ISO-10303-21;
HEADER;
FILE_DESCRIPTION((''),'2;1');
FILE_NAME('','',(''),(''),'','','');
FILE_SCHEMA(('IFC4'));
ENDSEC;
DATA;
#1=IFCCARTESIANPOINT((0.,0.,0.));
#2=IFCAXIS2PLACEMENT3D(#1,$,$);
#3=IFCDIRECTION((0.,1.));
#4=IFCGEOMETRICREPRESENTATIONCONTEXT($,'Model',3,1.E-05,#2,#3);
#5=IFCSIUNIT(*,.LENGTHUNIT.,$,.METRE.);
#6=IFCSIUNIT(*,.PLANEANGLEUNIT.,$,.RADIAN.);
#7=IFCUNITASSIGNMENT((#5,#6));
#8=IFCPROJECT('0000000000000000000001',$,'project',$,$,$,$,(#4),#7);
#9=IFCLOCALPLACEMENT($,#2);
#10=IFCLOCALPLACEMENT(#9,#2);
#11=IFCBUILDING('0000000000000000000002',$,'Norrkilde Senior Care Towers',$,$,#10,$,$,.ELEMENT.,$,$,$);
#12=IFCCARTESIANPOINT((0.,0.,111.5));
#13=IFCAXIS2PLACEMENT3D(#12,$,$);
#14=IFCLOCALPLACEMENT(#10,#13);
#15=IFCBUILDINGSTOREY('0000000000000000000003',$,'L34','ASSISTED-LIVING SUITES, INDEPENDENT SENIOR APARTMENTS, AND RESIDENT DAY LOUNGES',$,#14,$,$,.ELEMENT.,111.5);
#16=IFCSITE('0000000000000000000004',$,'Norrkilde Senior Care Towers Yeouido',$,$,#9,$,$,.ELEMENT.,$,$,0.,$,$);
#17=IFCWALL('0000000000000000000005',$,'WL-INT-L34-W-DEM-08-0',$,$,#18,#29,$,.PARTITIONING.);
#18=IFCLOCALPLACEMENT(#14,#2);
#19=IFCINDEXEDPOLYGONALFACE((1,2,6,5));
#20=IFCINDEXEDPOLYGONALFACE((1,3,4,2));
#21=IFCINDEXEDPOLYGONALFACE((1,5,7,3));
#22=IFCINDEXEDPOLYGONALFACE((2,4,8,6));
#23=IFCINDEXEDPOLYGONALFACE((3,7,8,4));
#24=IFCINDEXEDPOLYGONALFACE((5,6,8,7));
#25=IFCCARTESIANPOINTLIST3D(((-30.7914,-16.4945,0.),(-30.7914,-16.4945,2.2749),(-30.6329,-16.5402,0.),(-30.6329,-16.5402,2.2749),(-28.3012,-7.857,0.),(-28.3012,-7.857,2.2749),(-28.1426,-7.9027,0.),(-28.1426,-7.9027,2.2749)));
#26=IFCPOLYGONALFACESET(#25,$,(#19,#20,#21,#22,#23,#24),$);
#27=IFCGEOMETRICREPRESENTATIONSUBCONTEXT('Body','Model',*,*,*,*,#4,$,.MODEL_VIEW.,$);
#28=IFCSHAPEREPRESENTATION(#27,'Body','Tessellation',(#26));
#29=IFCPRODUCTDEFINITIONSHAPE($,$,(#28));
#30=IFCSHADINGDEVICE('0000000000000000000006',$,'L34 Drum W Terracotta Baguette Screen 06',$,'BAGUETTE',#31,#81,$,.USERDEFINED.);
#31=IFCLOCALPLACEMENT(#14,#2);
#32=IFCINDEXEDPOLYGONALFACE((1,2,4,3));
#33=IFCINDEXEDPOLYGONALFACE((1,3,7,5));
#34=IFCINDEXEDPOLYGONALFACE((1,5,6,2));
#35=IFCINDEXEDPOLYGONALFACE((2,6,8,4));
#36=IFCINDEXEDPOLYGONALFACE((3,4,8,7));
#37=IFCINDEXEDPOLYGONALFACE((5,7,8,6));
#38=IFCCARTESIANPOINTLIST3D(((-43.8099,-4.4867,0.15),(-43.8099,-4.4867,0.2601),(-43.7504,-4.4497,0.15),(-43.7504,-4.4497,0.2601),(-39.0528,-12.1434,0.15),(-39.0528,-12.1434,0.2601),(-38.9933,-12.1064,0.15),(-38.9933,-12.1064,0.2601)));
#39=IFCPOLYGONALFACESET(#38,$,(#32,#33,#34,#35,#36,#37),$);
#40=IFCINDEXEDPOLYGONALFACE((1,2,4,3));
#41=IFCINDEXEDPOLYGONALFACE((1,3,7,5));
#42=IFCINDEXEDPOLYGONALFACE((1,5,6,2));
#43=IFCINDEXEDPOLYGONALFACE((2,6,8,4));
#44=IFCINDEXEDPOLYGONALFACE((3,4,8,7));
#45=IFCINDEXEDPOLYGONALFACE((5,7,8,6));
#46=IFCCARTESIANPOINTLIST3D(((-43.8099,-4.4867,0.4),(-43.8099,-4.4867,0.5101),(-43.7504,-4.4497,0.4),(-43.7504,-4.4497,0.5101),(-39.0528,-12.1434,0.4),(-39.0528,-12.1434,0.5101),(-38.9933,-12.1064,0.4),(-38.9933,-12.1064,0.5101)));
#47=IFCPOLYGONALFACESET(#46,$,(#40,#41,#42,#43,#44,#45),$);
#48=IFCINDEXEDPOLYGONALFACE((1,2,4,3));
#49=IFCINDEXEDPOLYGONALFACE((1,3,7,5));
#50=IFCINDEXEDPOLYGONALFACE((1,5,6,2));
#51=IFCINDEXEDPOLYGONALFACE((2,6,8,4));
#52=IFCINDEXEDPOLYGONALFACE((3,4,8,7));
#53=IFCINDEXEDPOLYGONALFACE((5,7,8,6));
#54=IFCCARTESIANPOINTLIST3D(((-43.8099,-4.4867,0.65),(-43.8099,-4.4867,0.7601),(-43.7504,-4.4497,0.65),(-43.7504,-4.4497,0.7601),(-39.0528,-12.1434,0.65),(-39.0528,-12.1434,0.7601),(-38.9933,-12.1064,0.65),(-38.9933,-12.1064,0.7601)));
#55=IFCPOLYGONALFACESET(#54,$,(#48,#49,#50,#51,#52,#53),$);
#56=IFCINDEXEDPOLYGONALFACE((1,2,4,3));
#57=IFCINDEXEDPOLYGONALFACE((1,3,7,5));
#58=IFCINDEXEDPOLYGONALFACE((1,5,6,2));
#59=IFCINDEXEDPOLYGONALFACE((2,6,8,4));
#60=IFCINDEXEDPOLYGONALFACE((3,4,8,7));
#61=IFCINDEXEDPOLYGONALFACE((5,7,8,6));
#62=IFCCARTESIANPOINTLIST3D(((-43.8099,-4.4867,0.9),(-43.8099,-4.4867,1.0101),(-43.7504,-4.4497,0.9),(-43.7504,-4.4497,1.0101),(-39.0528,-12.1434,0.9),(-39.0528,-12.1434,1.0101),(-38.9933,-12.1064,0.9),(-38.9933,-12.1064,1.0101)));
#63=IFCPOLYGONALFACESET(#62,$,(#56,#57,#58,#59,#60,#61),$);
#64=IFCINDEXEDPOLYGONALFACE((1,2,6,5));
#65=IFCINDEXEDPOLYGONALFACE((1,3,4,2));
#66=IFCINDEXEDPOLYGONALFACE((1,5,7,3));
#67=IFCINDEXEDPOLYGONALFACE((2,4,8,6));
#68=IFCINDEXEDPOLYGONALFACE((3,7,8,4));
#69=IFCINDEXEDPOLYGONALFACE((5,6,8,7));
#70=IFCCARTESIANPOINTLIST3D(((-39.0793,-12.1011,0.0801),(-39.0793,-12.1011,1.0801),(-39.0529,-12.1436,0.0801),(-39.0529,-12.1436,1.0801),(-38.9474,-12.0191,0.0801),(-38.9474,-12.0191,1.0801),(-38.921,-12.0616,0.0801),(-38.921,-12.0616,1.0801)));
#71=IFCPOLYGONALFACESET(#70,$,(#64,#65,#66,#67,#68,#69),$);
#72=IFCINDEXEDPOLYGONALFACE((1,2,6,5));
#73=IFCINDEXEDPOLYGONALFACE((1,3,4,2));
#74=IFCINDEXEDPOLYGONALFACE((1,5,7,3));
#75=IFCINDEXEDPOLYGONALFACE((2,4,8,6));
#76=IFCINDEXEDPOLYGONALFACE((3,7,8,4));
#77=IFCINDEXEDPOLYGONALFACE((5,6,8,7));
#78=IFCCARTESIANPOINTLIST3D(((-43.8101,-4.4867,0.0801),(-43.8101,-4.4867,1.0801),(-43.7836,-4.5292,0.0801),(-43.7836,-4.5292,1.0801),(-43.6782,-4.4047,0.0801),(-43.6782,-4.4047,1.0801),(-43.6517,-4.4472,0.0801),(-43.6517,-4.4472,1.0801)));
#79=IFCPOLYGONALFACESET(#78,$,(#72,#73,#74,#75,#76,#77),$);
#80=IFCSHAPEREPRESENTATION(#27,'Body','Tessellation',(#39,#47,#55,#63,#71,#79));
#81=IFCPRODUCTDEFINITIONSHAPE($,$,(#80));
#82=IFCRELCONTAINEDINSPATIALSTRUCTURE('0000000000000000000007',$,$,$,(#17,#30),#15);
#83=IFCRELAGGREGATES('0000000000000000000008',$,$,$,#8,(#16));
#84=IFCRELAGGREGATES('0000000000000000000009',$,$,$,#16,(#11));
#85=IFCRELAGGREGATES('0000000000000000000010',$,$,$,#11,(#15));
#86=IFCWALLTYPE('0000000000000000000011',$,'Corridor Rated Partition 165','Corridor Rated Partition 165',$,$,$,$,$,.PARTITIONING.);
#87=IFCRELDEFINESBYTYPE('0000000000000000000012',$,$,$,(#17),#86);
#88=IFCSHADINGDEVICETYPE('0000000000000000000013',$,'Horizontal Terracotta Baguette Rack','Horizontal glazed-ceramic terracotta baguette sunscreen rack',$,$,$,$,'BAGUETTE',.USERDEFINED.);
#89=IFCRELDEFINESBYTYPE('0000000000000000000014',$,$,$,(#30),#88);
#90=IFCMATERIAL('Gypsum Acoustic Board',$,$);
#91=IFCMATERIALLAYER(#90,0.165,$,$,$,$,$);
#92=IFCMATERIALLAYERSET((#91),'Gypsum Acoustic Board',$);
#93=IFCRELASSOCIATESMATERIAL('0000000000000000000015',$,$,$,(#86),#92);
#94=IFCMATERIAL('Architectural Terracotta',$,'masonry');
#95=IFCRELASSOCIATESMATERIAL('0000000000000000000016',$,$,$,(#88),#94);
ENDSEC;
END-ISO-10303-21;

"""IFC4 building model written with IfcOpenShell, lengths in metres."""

from ifc_helpers import new_model, si_unit, direction, frame, frame_2d, origin, origin_2d, place, context, subcontext, project, spatial, rectangle, extrude, source, transform, mapped, material, layer, layer_set, type_object, type_shapes, element, save


model = new_model("IFC4")

# Units and contexts
model_context = context("Model", 3, precision=1e-05, world=origin(), true_north=direction((0.0, 1.0)))
body_context = subcontext(model_context, "Body", "Model", "MODEL_VIEW")
ifc_project = project(units=[si_unit("LENGTHUNIT", "METRE"), si_unit("PLANEANGLEUNIT", "RADIAN")], contexts=[model_context])

# Site, building, storey
site_placement = place(None, origin())
site = spatial("IfcSite", under=ifc_project, at=site_placement, Name="Norrkilde Senior Care Towers Yeouido", CompositionType="ELEMENT", RefElevation=0.0)
building_placement = place(site_placement, origin())
building = spatial("IfcBuilding", under=site, at=building_placement, Name="Norrkilde Senior Care Towers", CompositionType="ELEMENT")
storey_placement = place(building_placement, frame((0.0, 0.0, 111.5)))
storey = spatial("IfcBuildingStorey", under=building, at=storey_placement, Name="L34", Description="ASSISTED-LIVING SUITES, INDEPENDENT SENIOR APARTMENTS, AND RESIDENT DAY LOUNGES", CompositionType="ELEMENT", Elevation=111.5)

# Shared definitions
ifc_material_1 = material(Name="Gypsum Acoustic Board")
ifc_layer_1 = layer(ifc_material_1, 0.165)
ifc_layer_set_1 = layer_set([ifc_layer_1], Name="Gypsum Acoustic Board")
wall_type = type_object("IfcWallType", Name="Corridor Rated Partition 165", Description="Corridor Rated Partition 165", PredefinedType="PARTITIONING", material=ifc_layer_set_1)

# Wall
shared_shape_1 = source(origin(), body_context, "Body", "SweptSolid", [
    extrude(rectangle(XDim=8.9893, YDim=0.165, at=frame_2d((4.4946, 0.0))), origin(), (0.0, 0.0, 1.0), 2.2749),
])
wall_1_placement = place(storey_placement, frame((-28.2219, -7.8799, 0.0), z_axis=(0.0, 0.0, 1.0), x_axis=(-0.277023, -0.960863, 0.0)))
element("IfcWall", 1, at=wall_1_placement, inside=storey, type_object=wall_type, Name="WL-INT-L34-W-DEM-08-0", PredefinedType="PARTITIONING", context=body_context, shape_type="MappedRepresentation", body=[
    mapped(shared_shape_1, transform((0.0, 0.0, 0.0), x_axis=(1.0, 0.0, 0.0), y_axis=(0.0, 1.0, 0.0), z_axis=(0.0, 0.0, 1.0), scale=1.0)),
])

# Shading device
ifc_material_2 = material(Name="Architectural Terracotta", Category="masonry")
shading_device_type = type_object("IfcShadingDeviceType", Name="Horizontal Terracotta Baguette Rack", Description="Horizontal glazed-ceramic terracotta baguette sunscreen rack", ElementType="BAGUETTE", PredefinedType="USERDEFINED", material=ifc_material_2)
shared_shape_2 = source(origin(), body_context, "Body", "SweptSolid", [
    extrude(rectangle(XDim=0.0701, YDim=0.1101, at=origin_2d()), frame((0.0, 0.0901, 0.125), z_axis=(1.0, 0.0, 0.0), x_axis=(0.0, 1.0, 0.0)), (0.0, 0.0, 1.0), 9.0142),
    extrude(rectangle(XDim=0.0701, YDim=0.1101, at=origin_2d()), frame((0.0, 0.0901, 0.375), z_axis=(1.0, 0.0, 0.0), x_axis=(0.0, 1.0, 0.0)), (0.0, 0.0, 1.0), 9.0142),
    extrude(rectangle(XDim=0.0701, YDim=0.1101, at=origin_2d()), frame((0.0, 0.0901, 0.625), z_axis=(1.0, 0.0, 0.0), x_axis=(0.0, 1.0, 0.0)), (0.0, 0.0, 1.0), 9.0142),
    extrude(rectangle(XDim=0.0701, YDim=0.1101, at=origin_2d()), frame((0.0, 0.0901, 0.875), z_axis=(1.0, 0.0, 0.0), x_axis=(0.0, 1.0, 0.0)), (0.0, 0.0, 1.0), 9.0142),
    extrude(rectangle(XDim=0.05, YDim=0.1553, at=origin_2d()), frame((0.0249, 0.0476, 0.0)), (0.0, 0.0, 1.0), 1.0),
    extrude(rectangle(XDim=0.05, YDim=0.1553, at=origin_2d()), frame((8.9893, 0.0476, 0.0)), (0.0, 0.0, 1.0), 1.0),
])
type_shapes(shading_device_type, [shared_shape_2])
shading_device_placement = place(storey_placement, frame((-38.9465, -12.0774, 0.0801), z_axis=(0.0, 0.0, 1.0), x_axis=(-0.527734, 0.849412, 0.0)))
element("IfcShadingDevice", 2, at=shading_device_placement, inside=storey, type_object=shading_device_type, Name="L34 Drum W Terracotta Baguette Screen 06", ObjectType="BAGUETTE", PredefinedType="USERDEFINED", context=body_context, shape_type="MappedRepresentation", body=[
    mapped(shared_shape_2, transform((0.0, 0.0, 0.0), x_axis=(1.0, 0.0, 0.0), y_axis=(0.0, 1.0, 0.0), z_axis=(0.0, 0.0, 1.0), scale=1.0)),
])

save(model, "model.ifc")
